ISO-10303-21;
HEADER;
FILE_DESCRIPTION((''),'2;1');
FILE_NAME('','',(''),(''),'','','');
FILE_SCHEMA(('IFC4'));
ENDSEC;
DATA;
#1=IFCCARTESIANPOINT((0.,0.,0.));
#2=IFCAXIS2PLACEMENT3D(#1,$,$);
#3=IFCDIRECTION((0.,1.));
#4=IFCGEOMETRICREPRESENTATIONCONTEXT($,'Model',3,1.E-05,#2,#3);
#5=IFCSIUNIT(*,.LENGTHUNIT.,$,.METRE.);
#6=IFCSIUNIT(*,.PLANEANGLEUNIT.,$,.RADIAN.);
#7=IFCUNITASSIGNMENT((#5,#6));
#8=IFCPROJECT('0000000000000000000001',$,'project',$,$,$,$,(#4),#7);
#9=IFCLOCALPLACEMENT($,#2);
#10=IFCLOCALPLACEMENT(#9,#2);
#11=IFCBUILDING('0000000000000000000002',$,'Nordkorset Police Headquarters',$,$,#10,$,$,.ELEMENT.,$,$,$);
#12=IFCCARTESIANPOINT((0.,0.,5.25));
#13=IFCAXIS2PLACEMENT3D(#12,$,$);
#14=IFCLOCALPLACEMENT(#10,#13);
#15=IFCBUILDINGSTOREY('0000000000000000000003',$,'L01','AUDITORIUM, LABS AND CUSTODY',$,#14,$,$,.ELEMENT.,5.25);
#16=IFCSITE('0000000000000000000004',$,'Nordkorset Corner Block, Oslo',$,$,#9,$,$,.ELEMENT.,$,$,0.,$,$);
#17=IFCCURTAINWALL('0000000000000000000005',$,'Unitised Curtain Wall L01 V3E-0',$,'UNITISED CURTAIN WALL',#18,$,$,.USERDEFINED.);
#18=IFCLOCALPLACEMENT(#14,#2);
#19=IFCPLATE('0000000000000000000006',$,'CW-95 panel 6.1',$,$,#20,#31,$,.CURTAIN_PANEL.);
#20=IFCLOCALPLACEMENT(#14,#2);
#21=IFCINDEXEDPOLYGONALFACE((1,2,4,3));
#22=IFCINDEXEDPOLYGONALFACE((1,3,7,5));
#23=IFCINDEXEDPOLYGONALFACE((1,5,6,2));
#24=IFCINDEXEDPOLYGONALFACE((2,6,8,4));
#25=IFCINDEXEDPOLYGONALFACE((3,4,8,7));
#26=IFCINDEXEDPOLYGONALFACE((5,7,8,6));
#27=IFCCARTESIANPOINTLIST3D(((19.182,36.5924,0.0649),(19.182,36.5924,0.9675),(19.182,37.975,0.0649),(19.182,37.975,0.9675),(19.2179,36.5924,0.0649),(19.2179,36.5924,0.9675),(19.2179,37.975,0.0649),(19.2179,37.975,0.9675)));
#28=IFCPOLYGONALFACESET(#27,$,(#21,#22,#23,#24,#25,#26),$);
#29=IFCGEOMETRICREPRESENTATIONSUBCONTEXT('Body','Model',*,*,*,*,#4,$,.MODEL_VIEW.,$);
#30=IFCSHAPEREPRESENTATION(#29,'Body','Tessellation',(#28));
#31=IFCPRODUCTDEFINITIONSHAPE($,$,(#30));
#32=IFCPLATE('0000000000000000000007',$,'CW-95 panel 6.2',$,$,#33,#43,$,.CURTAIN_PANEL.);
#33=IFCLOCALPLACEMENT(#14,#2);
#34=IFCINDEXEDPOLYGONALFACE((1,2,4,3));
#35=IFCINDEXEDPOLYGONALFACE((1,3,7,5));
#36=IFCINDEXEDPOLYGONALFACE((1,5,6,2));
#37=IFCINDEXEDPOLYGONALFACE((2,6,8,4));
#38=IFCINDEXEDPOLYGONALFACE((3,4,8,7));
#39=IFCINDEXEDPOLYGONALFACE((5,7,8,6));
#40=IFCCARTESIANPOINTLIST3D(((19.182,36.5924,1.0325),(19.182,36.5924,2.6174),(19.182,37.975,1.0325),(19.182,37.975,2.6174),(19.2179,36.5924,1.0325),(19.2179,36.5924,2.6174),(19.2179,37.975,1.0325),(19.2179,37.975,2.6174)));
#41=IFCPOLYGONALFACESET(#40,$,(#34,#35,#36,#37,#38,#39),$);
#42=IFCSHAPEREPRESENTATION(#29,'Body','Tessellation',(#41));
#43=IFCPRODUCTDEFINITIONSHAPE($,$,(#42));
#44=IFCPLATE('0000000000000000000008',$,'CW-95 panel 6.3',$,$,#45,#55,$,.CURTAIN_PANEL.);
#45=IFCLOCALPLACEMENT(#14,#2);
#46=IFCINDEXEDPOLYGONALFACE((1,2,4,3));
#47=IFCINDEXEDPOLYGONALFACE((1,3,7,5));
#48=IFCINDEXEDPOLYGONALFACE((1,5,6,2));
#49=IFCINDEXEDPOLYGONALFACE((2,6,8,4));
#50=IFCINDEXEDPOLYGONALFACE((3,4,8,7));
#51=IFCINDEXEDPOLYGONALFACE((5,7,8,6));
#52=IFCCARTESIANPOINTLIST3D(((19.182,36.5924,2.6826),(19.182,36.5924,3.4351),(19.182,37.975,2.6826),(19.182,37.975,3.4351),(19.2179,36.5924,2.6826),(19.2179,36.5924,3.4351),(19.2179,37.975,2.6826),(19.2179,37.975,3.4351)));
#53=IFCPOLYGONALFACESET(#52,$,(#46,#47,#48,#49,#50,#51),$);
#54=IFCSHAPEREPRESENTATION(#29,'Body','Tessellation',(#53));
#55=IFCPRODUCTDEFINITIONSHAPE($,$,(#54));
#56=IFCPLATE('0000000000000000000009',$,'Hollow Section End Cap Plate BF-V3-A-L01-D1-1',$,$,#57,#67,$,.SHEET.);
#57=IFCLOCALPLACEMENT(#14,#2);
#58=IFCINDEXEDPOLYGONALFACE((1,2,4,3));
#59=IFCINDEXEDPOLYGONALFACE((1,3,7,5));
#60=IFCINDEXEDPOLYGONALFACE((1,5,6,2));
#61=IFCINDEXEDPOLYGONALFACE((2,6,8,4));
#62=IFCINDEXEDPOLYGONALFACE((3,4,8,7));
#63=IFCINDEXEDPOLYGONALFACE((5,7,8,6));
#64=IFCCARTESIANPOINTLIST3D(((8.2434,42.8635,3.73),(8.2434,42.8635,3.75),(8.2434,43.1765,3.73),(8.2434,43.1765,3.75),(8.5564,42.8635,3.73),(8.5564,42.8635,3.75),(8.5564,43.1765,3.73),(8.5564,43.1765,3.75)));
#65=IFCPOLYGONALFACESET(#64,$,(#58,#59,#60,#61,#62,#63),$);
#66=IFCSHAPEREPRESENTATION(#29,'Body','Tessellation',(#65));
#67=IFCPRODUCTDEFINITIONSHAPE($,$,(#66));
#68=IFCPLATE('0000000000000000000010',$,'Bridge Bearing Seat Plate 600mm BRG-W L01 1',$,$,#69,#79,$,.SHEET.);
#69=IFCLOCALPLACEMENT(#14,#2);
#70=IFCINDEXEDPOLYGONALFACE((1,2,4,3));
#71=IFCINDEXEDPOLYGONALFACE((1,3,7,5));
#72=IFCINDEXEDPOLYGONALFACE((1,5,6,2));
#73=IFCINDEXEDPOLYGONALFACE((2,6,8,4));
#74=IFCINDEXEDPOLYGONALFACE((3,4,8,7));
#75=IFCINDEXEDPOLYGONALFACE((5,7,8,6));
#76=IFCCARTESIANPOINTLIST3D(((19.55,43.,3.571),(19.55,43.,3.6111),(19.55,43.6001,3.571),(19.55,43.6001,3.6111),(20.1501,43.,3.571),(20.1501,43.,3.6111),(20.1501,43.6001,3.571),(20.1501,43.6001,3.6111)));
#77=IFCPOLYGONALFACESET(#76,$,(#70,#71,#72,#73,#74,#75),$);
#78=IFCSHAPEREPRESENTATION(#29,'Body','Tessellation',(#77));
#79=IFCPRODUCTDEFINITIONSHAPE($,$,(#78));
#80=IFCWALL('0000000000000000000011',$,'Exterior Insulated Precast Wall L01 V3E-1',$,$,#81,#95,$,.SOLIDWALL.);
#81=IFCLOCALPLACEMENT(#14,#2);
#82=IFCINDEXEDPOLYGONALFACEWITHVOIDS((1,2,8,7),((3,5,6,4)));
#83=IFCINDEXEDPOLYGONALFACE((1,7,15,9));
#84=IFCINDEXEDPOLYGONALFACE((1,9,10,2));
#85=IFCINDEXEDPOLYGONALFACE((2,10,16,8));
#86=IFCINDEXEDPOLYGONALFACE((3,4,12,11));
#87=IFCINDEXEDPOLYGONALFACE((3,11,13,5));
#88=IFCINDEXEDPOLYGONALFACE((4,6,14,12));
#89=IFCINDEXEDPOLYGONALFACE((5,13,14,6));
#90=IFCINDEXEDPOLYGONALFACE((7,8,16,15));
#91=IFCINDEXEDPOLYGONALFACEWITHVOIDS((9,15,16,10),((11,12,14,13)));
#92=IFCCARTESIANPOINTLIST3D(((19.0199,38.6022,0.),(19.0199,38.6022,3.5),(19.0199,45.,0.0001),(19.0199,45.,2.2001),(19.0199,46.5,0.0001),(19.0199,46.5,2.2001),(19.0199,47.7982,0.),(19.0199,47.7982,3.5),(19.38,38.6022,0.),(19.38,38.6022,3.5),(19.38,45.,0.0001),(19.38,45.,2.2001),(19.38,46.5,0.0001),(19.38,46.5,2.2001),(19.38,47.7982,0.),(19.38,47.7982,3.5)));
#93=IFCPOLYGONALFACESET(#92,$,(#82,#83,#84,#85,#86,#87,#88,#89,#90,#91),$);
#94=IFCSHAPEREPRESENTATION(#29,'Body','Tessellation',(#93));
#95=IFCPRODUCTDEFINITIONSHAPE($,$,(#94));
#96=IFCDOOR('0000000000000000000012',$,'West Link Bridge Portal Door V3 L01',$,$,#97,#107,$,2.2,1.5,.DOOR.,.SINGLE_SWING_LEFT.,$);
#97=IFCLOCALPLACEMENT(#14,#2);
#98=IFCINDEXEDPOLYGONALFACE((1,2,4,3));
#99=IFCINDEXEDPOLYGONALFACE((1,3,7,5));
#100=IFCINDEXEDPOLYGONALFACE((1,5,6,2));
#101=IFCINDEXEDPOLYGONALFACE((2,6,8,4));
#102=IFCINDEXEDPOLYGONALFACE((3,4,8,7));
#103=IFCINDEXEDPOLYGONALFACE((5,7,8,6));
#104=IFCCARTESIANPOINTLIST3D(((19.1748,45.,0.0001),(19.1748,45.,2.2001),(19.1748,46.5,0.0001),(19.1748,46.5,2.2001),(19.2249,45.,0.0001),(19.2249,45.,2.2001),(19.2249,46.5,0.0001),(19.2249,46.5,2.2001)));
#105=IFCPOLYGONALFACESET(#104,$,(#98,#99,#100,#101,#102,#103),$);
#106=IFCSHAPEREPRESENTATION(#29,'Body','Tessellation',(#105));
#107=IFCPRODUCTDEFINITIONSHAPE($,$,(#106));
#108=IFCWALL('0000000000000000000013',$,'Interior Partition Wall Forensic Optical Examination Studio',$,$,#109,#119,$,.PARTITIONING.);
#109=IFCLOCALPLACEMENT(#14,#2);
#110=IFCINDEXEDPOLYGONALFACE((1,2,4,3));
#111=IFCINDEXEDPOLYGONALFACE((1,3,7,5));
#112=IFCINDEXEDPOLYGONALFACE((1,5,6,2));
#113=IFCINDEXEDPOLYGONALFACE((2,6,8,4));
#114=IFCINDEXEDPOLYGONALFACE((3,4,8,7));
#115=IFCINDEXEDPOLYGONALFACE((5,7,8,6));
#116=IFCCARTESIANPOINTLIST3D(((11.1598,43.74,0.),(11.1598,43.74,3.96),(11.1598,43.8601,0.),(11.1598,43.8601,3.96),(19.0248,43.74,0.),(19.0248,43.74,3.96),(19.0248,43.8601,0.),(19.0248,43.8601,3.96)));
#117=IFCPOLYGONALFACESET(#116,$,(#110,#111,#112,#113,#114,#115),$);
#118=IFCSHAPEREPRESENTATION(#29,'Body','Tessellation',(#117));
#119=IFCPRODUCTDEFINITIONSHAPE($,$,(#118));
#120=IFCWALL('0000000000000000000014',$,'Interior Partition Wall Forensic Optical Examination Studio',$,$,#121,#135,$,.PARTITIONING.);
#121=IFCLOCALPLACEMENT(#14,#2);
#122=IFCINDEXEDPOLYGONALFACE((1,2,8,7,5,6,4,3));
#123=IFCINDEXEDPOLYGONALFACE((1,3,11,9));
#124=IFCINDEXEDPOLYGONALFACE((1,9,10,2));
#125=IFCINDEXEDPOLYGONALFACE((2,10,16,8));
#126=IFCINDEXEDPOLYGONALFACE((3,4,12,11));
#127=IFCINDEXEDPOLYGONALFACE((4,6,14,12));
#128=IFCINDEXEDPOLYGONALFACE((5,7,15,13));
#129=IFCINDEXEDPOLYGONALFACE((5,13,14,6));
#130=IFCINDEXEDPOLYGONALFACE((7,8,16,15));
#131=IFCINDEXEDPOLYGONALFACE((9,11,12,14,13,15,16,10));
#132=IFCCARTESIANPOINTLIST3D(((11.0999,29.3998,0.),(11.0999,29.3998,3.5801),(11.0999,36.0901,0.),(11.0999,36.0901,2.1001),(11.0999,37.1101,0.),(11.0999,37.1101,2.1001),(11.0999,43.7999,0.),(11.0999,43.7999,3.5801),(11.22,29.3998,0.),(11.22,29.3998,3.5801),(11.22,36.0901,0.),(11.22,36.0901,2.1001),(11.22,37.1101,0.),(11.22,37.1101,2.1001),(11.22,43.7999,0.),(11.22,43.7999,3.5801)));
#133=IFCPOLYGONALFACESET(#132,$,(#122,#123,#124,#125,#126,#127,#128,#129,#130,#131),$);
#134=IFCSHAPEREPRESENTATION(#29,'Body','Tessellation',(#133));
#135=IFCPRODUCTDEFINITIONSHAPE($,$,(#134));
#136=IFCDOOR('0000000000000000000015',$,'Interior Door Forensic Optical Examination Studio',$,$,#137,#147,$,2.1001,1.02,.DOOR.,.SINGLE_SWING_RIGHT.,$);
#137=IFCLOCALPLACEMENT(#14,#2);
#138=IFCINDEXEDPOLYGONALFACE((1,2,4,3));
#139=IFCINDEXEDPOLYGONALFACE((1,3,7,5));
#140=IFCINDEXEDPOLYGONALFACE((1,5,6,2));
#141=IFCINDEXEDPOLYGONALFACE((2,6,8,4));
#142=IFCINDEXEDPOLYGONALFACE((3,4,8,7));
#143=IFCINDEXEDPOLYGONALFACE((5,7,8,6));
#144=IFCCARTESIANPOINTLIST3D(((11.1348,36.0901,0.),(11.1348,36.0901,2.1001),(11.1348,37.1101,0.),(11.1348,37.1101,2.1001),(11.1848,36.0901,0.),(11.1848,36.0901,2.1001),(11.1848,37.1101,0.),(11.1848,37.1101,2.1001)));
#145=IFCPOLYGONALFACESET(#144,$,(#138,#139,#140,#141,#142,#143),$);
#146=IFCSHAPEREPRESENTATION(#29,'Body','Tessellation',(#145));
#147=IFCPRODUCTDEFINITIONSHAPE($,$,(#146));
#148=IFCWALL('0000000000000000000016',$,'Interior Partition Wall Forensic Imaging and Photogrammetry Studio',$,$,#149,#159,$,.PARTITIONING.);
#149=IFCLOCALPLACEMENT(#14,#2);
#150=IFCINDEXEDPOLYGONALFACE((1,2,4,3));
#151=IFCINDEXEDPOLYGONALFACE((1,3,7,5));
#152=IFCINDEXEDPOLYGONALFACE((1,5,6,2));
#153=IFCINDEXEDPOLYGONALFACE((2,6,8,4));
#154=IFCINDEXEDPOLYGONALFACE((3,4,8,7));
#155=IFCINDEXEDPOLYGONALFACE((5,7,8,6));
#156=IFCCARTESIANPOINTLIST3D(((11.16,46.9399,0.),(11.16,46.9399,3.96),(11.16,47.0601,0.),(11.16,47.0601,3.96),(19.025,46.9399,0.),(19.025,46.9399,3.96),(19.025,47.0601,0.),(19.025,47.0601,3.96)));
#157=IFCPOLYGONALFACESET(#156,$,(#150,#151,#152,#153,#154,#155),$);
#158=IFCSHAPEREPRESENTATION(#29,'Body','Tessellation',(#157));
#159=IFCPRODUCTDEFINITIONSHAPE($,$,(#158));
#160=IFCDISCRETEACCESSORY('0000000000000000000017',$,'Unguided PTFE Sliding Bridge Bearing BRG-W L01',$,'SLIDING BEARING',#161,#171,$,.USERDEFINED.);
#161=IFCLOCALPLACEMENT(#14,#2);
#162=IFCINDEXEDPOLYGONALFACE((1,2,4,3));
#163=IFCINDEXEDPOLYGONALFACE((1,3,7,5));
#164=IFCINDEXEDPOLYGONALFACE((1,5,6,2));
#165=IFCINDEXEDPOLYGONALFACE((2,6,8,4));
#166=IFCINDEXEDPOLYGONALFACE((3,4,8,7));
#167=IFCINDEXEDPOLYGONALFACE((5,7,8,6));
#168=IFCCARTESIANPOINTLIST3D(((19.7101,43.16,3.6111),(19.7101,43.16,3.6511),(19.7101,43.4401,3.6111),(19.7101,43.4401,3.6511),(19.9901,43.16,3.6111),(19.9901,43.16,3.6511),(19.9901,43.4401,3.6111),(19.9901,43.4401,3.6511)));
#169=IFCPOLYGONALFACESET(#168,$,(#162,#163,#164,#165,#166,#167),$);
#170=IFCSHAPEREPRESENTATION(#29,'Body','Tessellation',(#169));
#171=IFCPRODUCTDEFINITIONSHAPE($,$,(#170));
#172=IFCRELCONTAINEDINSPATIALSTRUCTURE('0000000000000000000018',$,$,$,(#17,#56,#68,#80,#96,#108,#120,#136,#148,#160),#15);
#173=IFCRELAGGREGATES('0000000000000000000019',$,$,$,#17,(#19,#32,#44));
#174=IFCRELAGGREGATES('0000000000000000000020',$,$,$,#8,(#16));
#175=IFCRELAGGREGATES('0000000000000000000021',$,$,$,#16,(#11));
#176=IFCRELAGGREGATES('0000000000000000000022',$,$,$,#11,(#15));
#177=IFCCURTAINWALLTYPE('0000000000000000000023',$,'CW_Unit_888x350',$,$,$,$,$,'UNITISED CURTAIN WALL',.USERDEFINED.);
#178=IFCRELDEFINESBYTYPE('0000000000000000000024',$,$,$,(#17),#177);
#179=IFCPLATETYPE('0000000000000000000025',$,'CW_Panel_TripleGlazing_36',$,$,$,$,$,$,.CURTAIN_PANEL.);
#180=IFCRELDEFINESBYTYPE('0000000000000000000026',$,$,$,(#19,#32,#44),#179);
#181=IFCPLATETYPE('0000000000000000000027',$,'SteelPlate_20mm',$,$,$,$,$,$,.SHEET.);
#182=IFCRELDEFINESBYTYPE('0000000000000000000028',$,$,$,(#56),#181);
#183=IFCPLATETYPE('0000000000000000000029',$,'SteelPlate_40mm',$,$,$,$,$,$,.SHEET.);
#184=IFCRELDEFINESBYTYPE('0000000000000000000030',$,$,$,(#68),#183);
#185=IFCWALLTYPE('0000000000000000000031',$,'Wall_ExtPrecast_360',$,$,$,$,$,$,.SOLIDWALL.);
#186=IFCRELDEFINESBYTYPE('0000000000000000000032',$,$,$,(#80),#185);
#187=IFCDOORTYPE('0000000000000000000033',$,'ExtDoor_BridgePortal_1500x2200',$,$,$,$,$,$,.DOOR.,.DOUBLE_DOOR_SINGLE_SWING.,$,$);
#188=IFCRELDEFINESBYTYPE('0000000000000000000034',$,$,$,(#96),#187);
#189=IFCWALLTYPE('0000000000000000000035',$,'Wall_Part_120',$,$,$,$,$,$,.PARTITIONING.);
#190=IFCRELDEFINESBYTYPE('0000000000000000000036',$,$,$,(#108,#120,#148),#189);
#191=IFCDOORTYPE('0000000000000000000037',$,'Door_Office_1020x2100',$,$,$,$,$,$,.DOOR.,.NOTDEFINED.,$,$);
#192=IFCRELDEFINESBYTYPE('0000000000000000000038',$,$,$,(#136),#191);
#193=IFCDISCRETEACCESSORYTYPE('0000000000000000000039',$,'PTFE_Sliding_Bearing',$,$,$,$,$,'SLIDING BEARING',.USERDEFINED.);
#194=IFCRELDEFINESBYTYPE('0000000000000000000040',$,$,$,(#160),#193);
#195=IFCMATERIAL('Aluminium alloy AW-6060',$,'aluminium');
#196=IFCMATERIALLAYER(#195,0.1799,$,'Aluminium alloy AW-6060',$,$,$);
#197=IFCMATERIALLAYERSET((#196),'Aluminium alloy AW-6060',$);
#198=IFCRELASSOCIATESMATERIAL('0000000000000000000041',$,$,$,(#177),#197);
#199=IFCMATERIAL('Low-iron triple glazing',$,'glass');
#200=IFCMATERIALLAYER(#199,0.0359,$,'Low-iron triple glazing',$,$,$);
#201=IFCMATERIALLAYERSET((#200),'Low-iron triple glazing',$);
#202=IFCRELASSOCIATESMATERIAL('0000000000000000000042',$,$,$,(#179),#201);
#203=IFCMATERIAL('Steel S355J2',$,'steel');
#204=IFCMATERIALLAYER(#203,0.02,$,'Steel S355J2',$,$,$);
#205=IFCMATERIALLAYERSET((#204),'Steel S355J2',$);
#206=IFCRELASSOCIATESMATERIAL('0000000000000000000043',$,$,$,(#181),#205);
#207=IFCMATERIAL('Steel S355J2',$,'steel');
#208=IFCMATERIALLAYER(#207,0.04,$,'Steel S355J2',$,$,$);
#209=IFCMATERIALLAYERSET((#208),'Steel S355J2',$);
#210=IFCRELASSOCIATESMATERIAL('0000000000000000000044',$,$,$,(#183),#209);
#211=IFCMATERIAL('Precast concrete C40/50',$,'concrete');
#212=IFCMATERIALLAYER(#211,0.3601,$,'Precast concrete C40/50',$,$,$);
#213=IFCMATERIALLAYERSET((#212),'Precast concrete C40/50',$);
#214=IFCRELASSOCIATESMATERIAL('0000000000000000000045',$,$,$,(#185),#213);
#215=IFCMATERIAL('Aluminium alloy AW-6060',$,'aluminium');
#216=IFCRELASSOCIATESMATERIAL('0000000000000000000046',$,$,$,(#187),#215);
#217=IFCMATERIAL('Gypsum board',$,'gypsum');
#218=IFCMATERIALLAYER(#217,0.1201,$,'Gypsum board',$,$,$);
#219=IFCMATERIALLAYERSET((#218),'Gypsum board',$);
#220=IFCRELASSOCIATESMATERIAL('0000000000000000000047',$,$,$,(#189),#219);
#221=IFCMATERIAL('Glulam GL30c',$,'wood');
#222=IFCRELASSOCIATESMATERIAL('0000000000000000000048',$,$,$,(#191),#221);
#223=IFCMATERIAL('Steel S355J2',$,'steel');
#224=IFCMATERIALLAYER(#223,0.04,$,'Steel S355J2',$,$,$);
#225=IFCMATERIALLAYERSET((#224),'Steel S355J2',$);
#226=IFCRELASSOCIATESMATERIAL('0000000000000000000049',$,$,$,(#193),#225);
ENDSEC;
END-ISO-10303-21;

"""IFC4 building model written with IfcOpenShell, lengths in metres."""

from ifc_helpers import new_model, si_unit, direction, frame, frame_2d, origin, origin_2d, place, context, subcontext, project, spatial, rectangle, extrude, material, layer, layer_set, type_object, element, fill, aggregate, save


model = new_model("IFC4")

# Units and contexts
model_context = context("Model", 3, precision=1e-05, world=origin(), true_north=direction((0.0, 1.0)))
body_context = subcontext(model_context, "Body", "Model", "MODEL_VIEW")
ifc_project = project(units=[si_unit("LENGTHUNIT", "METRE"), si_unit("PLANEANGLEUNIT", "RADIAN")], contexts=[model_context])

# Site, building, storey
site_placement = place(None, origin())
site = spatial("IfcSite", under=ifc_project, at=site_placement, Name="Nordkorset Corner Block, Oslo", CompositionType="ELEMENT", RefElevation=0.0)
building_placement = place(site_placement, origin())
building = spatial("IfcBuilding", under=site, at=building_placement, Name="Nordkorset Police Headquarters", CompositionType="ELEMENT")
storey_placement = place(building_placement, frame((0.0, 0.0, 5.25)))
storey = spatial("IfcBuildingStorey", under=building, at=storey_placement, Name="L01", Description="AUDITORIUM, LABS AND CUSTODY", CompositionType="ELEMENT", Elevation=5.25)

# Curtain wall
ifc_material_1 = material(Name="Aluminium alloy AW-6060", Category="aluminium")
ifc_layer_1 = layer(ifc_material_1, 0.1799, Name="Aluminium alloy AW-6060")
ifc_layer_set_1 = layer_set([ifc_layer_1], Name="Aluminium alloy AW-6060")
curtain_wall_type_1 = type_object("IfcCurtainWallType", Name="CW_Unit_888x350", ElementType="UNITISED CURTAIN WALL", PredefinedType="USERDEFINED", material=ifc_layer_set_1)
curtain_wall_1_placement = place(storey_placement, origin())
curtain_wall_1 = element("IfcCurtainWall", 1, at=curtain_wall_1_placement, inside=storey, type_object=curtain_wall_type_1, Name="Unitised Curtain Wall L01 V3E-0", ObjectType="UNITISED CURTAIN WALL", PredefinedType="USERDEFINED")

# Plates
ifc_material_2 = material(Name="Low-iron triple glazing", Category="glass")
ifc_layer_2 = layer(ifc_material_2, 0.0359, Name="Low-iron triple glazing")
ifc_layer_set_2 = layer_set([ifc_layer_2], Name="Low-iron triple glazing")
plate_type_1 = type_object("IfcPlateType", Name="CW_Panel_TripleGlazing_36", PredefinedType="CURTAIN_PANEL", material=ifc_layer_set_2)
plate_1_placement = place(storey_placement, frame((19.2, 37.2837, 0.0649), z_axis=(0.0, 0.0, 1.0), x_axis=(0.0, 1.0, 0.0)))
plate_1 = element("IfcPlate", 2, at=plate_1_placement, type_object=plate_type_1, Name="CW-95 panel 6.1", PredefinedType="CURTAIN_PANEL", context=body_context, shape_type="SweptSolid", body=[
    extrude(rectangle(XDim=1.3826, YDim=0.0359, at=origin_2d()), origin(), (0.0, 0.0, 1.0), 0.9026),
])
plate_2_placement = place(storey_placement, frame((19.2, 37.2837, 1.0325), z_axis=(0.0, 0.0, 1.0), x_axis=(0.0, 1.0, 0.0)))
plate_2 = element("IfcPlate", 3, at=plate_2_placement, type_object=plate_type_1, Name="CW-95 panel 6.2", PredefinedType="CURTAIN_PANEL", context=body_context, shape_type="SweptSolid", body=[
    extrude(rectangle(XDim=1.3826, YDim=0.0359, at=origin_2d()), origin(), (0.0, 0.0, 1.0), 1.585),
])
plate_3_placement = place(storey_placement, frame((19.2, 37.2837, 2.6826), z_axis=(0.0, 0.0, 1.0), x_axis=(0.0, 1.0, 0.0)))
plate_3 = element("IfcPlate", 4, at=plate_3_placement, type_object=plate_type_1, Name="CW-95 panel 6.3", PredefinedType="CURTAIN_PANEL", context=body_context, shape_type="SweptSolid", body=[
    extrude(rectangle(XDim=1.3826, YDim=0.0359, at=origin_2d()), origin(), (0.0, 0.0, 1.0), 0.7524),
])
aggregate(curtain_wall_1, [plate_1, plate_2, plate_3])

# Plates
ifc_material_3 = material(Name="Steel S355J2", Category="steel")
ifc_layer_3 = layer(ifc_material_3, 0.02, Name="Steel S355J2")
ifc_layer_set_3 = layer_set([ifc_layer_3], Name="Steel S355J2")
plate_type_2 = type_object("IfcPlateType", Name="SteelPlate_20mm", PredefinedType="SHEET", material=ifc_layer_set_3)
plate_4_placement = place(storey_placement, frame((8.3999, 43.02, 3.73), z_axis=(0.0, 0.0, 1.0), x_axis=(1.0, 0.0, 0.0)))
element("IfcPlate", 5, at=plate_4_placement, inside=storey, type_object=plate_type_2, Name="Hollow Section End Cap Plate BF-V3-A-L01-D1-1", PredefinedType="SHEET", context=body_context, shape_type="SweptSolid", body=[
    extrude(rectangle(XDim=0.313, YDim=0.313, at=origin_2d()), origin(), (0.0, 0.0, 1.0), 0.02),
])
ifc_material_4 = material(Name="Steel S355J2", Category="steel")
ifc_layer_4 = layer(ifc_material_4, 0.04, Name="Steel S355J2")
ifc_layer_set_4 = layer_set([ifc_layer_4], Name="Steel S355J2")
plate_type_3 = type_object("IfcPlateType", Name="SteelPlate_40mm", PredefinedType="SHEET", material=ifc_layer_set_4)
plate_5_placement = place(storey_placement, frame((19.8501, 43.3, 3.571), z_axis=(0.0, 0.0, 1.0), x_axis=(1.0, 0.0, 0.0)))
element("IfcPlate", 6, at=plate_5_placement, inside=storey, type_object=plate_type_3, Name="Bridge Bearing Seat Plate 600mm BRG-W L01 1", PredefinedType="SHEET", context=body_context, shape_type="SweptSolid", body=[
    extrude(rectangle(XDim=0.6001, YDim=0.6001, at=origin_2d()), origin(), (0.0, 0.0, 1.0), 0.04),
])

# Wall, opening, door
ifc_material_5 = material(Name="Precast concrete C40/50", Category="concrete")
ifc_layer_5 = layer(ifc_material_5, 0.3601, Name="Precast concrete C40/50")
ifc_layer_set_5 = layer_set([ifc_layer_5], Name="Precast concrete C40/50")
wall_type_1 = type_object("IfcWallType", Name="Wall_ExtPrecast_360", PredefinedType="SOLIDWALL", material=ifc_layer_set_5)
wall_1_placement = place(storey_placement, frame((19.2, 38.6021, 0.0), z_axis=(0.0, 0.0, 1.0), x_axis=(0.0, 1.0, 0.0)))
wall_1 = element("IfcWall", 7, at=wall_1_placement, inside=storey, type_object=wall_type_1, Name="Exterior Insulated Precast Wall L01 V3E-1", PredefinedType="SOLIDWALL", context=body_context, shape_type="SweptSolid", body=[
    extrude(rectangle(XDim=9.196, YDim=0.3601, at=frame_2d((4.5981, 0.0))), origin(), (0.0, 0.0, 1.0), 3.5),
])
opening_1_placement = place(wall_1_placement, frame((6.3979, 0.0, 0.0)))
opening_1 = element("IfcOpeningElement", 8, at=opening_1_placement, cuts=wall_1, PredefinedType="OPENING", context=body_context, shape_type="SweptSolid", body=[
    extrude(rectangle(XDim=1.5, YDim=2.2, at=frame_2d((0.75, 1.1001))), frame((0.0, 0.1899, 0.0), z_axis=(0.0, -1.0, 0.0), x_axis=(1.0, 0.0, 0.0)), (0.0, 0.0, 1.0), 0.3801),
])
ifc_material_6 = material(Name="Aluminium alloy AW-6060", Category="aluminium")
door_type_1 = type_object("IfcDoorType", Name="ExtDoor_BridgePortal_1500x2200", OperationType="DOUBLE_DOOR_SINGLE_SWING", PredefinedType="DOOR", material=ifc_material_6)
door_1_placement = place(opening_1_placement, frame((1.5, 0.0, 0.0), z_axis=(0.0, 0.0, 1.0), x_axis=(-1.0, 0.0, 0.0)))
door_1 = element("IfcDoor", 9, at=door_1_placement, inside=storey, type_object=door_type_1, Name="West Link Bridge Portal Door V3 L01", OperationType="SINGLE_SWING_LEFT", OverallHeight=2.2, OverallWidth=1.5, PredefinedType="DOOR", context=body_context, shape_type="SweptSolid", body=[
    extrude(rectangle(XDim=1.5, YDim=2.2, at=frame_2d((0.75, 1.1001))), frame((0.0, 0.0249, 0.0), z_axis=(0.0, -1.0, 0.0), x_axis=(1.0, 0.0, 0.0)), (0.0, 0.0, 1.0), 0.05),
])
fill(opening_1, door_1)

# Wall
ifc_material_7 = material(Name="Gypsum board", Category="gypsum")
ifc_layer_6 = layer(ifc_material_7, 0.1201, Name="Gypsum board")
ifc_layer_set_6 = layer_set([ifc_layer_6], Name="Gypsum board")
wall_type_2 = type_object("IfcWallType", Name="Wall_Part_120", PredefinedType="PARTITIONING", material=ifc_layer_set_6)
wall_2_placement = place(storey_placement, frame((19.0249, 43.8, 0.0), z_axis=(0.0, 0.0, 1.0), x_axis=(-1.0, 0.0, 0.0)))
element("IfcWall", 10, at=wall_2_placement, inside=storey, type_object=wall_type_2, Name="Interior Partition Wall Forensic Optical Examination Studio", PredefinedType="PARTITIONING", context=body_context, shape_type="SweptSolid", body=[
    extrude(rectangle(XDim=7.865, YDim=0.1201, at=frame_2d((3.9326, 0.0))), origin(), (0.0, 0.0, 1.0), 3.96),
])

# Wall, opening, door
wall_3_placement = place(storey_placement, frame((11.1599, 43.8, 0.0), z_axis=(0.0, 0.0, 1.0), x_axis=(0.0, -1.0, 0.0)))
wall_3 = element("IfcWall", 11, at=wall_3_placement, inside=storey, type_object=wall_type_2, Name="Interior Partition Wall Forensic Optical Examination Studio", PredefinedType="PARTITIONING", context=body_context, shape_type="SweptSolid", body=[
    extrude(rectangle(XDim=14.4001, YDim=0.1201, at=frame_2d((7.2002, 0.0))), origin(), (0.0, 0.0, 1.0), 3.5801),
])
opening_2_placement = place(wall_3_placement, frame((6.6899, 0.0, 0.0)))
opening_2 = element("IfcOpeningElement", 12, at=opening_2_placement, cuts=wall_3, PredefinedType="OPENING", context=body_context, shape_type="SweptSolid", body=[
    extrude(rectangle(XDim=1.02, YDim=2.1001, at=frame_2d((0.51, 1.05))), frame((0.0, 0.0701, 0.0), z_axis=(0.0, -1.0, 0.0), x_axis=(1.0, 0.0, 0.0)), (0.0, 0.0, 1.0), 0.1401),
])
ifc_material_8 = material(Name="Glulam GL30c", Category="wood")
door_type_2 = type_object("IfcDoorType", Name="Door_Office_1020x2100", OperationType="NOTDEFINED", PredefinedType="DOOR", material=ifc_material_8)
door_2_placement = place(opening_2_placement, origin())
door_2 = element("IfcDoor", 13, at=door_2_placement, inside=storey, type_object=door_type_2, Name="Interior Door Forensic Optical Examination Studio", OperationType="SINGLE_SWING_RIGHT", OverallHeight=2.1001, OverallWidth=1.02, PredefinedType="DOOR", context=body_context, shape_type="SweptSolid", body=[
    extrude(rectangle(XDim=1.02, YDim=2.1001, at=frame_2d((0.51, 1.05))), frame((0.0, 0.0249, 0.0), z_axis=(0.0, -1.0, 0.0), x_axis=(1.0, 0.0, 0.0)), (0.0, 0.0, 1.0), 0.05),
])
fill(opening_2, door_2)

# Wall
wall_4_placement = place(storey_placement, frame((11.1599, 47.0, 0.0), z_axis=(0.0, 0.0, 1.0), x_axis=(1.0, 0.0, 0.0)))
element("IfcWall", 14, at=wall_4_placement, inside=storey, type_object=wall_type_2, Name="Interior Partition Wall Forensic Imaging and Photogrammetry Studio", PredefinedType="PARTITIONING", context=body_context, shape_type="SweptSolid", body=[
    extrude(rectangle(XDim=7.865, YDim=0.1201, at=frame_2d((3.9326, 0.0))), origin(), (0.0, 0.0, 1.0), 3.96),
])

# Discrete accessory
ifc_material_9 = material(Name="Steel S355J2", Category="steel")
ifc_layer_7 = layer(ifc_material_9, 0.04, Name="Steel S355J2")
ifc_layer_set_7 = layer_set([ifc_layer_7], Name="Steel S355J2")
discrete_accessory_type = type_object("IfcDiscreteAccessoryType", Name="PTFE_Sliding_Bearing", ElementType="SLIDING BEARING", PredefinedType="USERDEFINED", material=ifc_layer_set_7)
discrete_accessory_placement = place(storey_placement, frame((19.8501, 43.3, 3.6111), z_axis=(0.0, 0.0, 1.0), x_axis=(1.0, 0.0, 0.0)))
element("IfcDiscreteAccessory", 15, at=discrete_accessory_placement, inside=storey, type_object=discrete_accessory_type, Name="Unguided PTFE Sliding Bridge Bearing BRG-W L01", ObjectType="SLIDING BEARING", PredefinedType="USERDEFINED", context=body_context, shape_type="SweptSolid", body=[
    extrude(rectangle(XDim=0.28, YDim=0.28, at=origin_2d()), origin(), (0.0, 0.0, 1.0), 0.04),
])

save(model, "model.ifc")
